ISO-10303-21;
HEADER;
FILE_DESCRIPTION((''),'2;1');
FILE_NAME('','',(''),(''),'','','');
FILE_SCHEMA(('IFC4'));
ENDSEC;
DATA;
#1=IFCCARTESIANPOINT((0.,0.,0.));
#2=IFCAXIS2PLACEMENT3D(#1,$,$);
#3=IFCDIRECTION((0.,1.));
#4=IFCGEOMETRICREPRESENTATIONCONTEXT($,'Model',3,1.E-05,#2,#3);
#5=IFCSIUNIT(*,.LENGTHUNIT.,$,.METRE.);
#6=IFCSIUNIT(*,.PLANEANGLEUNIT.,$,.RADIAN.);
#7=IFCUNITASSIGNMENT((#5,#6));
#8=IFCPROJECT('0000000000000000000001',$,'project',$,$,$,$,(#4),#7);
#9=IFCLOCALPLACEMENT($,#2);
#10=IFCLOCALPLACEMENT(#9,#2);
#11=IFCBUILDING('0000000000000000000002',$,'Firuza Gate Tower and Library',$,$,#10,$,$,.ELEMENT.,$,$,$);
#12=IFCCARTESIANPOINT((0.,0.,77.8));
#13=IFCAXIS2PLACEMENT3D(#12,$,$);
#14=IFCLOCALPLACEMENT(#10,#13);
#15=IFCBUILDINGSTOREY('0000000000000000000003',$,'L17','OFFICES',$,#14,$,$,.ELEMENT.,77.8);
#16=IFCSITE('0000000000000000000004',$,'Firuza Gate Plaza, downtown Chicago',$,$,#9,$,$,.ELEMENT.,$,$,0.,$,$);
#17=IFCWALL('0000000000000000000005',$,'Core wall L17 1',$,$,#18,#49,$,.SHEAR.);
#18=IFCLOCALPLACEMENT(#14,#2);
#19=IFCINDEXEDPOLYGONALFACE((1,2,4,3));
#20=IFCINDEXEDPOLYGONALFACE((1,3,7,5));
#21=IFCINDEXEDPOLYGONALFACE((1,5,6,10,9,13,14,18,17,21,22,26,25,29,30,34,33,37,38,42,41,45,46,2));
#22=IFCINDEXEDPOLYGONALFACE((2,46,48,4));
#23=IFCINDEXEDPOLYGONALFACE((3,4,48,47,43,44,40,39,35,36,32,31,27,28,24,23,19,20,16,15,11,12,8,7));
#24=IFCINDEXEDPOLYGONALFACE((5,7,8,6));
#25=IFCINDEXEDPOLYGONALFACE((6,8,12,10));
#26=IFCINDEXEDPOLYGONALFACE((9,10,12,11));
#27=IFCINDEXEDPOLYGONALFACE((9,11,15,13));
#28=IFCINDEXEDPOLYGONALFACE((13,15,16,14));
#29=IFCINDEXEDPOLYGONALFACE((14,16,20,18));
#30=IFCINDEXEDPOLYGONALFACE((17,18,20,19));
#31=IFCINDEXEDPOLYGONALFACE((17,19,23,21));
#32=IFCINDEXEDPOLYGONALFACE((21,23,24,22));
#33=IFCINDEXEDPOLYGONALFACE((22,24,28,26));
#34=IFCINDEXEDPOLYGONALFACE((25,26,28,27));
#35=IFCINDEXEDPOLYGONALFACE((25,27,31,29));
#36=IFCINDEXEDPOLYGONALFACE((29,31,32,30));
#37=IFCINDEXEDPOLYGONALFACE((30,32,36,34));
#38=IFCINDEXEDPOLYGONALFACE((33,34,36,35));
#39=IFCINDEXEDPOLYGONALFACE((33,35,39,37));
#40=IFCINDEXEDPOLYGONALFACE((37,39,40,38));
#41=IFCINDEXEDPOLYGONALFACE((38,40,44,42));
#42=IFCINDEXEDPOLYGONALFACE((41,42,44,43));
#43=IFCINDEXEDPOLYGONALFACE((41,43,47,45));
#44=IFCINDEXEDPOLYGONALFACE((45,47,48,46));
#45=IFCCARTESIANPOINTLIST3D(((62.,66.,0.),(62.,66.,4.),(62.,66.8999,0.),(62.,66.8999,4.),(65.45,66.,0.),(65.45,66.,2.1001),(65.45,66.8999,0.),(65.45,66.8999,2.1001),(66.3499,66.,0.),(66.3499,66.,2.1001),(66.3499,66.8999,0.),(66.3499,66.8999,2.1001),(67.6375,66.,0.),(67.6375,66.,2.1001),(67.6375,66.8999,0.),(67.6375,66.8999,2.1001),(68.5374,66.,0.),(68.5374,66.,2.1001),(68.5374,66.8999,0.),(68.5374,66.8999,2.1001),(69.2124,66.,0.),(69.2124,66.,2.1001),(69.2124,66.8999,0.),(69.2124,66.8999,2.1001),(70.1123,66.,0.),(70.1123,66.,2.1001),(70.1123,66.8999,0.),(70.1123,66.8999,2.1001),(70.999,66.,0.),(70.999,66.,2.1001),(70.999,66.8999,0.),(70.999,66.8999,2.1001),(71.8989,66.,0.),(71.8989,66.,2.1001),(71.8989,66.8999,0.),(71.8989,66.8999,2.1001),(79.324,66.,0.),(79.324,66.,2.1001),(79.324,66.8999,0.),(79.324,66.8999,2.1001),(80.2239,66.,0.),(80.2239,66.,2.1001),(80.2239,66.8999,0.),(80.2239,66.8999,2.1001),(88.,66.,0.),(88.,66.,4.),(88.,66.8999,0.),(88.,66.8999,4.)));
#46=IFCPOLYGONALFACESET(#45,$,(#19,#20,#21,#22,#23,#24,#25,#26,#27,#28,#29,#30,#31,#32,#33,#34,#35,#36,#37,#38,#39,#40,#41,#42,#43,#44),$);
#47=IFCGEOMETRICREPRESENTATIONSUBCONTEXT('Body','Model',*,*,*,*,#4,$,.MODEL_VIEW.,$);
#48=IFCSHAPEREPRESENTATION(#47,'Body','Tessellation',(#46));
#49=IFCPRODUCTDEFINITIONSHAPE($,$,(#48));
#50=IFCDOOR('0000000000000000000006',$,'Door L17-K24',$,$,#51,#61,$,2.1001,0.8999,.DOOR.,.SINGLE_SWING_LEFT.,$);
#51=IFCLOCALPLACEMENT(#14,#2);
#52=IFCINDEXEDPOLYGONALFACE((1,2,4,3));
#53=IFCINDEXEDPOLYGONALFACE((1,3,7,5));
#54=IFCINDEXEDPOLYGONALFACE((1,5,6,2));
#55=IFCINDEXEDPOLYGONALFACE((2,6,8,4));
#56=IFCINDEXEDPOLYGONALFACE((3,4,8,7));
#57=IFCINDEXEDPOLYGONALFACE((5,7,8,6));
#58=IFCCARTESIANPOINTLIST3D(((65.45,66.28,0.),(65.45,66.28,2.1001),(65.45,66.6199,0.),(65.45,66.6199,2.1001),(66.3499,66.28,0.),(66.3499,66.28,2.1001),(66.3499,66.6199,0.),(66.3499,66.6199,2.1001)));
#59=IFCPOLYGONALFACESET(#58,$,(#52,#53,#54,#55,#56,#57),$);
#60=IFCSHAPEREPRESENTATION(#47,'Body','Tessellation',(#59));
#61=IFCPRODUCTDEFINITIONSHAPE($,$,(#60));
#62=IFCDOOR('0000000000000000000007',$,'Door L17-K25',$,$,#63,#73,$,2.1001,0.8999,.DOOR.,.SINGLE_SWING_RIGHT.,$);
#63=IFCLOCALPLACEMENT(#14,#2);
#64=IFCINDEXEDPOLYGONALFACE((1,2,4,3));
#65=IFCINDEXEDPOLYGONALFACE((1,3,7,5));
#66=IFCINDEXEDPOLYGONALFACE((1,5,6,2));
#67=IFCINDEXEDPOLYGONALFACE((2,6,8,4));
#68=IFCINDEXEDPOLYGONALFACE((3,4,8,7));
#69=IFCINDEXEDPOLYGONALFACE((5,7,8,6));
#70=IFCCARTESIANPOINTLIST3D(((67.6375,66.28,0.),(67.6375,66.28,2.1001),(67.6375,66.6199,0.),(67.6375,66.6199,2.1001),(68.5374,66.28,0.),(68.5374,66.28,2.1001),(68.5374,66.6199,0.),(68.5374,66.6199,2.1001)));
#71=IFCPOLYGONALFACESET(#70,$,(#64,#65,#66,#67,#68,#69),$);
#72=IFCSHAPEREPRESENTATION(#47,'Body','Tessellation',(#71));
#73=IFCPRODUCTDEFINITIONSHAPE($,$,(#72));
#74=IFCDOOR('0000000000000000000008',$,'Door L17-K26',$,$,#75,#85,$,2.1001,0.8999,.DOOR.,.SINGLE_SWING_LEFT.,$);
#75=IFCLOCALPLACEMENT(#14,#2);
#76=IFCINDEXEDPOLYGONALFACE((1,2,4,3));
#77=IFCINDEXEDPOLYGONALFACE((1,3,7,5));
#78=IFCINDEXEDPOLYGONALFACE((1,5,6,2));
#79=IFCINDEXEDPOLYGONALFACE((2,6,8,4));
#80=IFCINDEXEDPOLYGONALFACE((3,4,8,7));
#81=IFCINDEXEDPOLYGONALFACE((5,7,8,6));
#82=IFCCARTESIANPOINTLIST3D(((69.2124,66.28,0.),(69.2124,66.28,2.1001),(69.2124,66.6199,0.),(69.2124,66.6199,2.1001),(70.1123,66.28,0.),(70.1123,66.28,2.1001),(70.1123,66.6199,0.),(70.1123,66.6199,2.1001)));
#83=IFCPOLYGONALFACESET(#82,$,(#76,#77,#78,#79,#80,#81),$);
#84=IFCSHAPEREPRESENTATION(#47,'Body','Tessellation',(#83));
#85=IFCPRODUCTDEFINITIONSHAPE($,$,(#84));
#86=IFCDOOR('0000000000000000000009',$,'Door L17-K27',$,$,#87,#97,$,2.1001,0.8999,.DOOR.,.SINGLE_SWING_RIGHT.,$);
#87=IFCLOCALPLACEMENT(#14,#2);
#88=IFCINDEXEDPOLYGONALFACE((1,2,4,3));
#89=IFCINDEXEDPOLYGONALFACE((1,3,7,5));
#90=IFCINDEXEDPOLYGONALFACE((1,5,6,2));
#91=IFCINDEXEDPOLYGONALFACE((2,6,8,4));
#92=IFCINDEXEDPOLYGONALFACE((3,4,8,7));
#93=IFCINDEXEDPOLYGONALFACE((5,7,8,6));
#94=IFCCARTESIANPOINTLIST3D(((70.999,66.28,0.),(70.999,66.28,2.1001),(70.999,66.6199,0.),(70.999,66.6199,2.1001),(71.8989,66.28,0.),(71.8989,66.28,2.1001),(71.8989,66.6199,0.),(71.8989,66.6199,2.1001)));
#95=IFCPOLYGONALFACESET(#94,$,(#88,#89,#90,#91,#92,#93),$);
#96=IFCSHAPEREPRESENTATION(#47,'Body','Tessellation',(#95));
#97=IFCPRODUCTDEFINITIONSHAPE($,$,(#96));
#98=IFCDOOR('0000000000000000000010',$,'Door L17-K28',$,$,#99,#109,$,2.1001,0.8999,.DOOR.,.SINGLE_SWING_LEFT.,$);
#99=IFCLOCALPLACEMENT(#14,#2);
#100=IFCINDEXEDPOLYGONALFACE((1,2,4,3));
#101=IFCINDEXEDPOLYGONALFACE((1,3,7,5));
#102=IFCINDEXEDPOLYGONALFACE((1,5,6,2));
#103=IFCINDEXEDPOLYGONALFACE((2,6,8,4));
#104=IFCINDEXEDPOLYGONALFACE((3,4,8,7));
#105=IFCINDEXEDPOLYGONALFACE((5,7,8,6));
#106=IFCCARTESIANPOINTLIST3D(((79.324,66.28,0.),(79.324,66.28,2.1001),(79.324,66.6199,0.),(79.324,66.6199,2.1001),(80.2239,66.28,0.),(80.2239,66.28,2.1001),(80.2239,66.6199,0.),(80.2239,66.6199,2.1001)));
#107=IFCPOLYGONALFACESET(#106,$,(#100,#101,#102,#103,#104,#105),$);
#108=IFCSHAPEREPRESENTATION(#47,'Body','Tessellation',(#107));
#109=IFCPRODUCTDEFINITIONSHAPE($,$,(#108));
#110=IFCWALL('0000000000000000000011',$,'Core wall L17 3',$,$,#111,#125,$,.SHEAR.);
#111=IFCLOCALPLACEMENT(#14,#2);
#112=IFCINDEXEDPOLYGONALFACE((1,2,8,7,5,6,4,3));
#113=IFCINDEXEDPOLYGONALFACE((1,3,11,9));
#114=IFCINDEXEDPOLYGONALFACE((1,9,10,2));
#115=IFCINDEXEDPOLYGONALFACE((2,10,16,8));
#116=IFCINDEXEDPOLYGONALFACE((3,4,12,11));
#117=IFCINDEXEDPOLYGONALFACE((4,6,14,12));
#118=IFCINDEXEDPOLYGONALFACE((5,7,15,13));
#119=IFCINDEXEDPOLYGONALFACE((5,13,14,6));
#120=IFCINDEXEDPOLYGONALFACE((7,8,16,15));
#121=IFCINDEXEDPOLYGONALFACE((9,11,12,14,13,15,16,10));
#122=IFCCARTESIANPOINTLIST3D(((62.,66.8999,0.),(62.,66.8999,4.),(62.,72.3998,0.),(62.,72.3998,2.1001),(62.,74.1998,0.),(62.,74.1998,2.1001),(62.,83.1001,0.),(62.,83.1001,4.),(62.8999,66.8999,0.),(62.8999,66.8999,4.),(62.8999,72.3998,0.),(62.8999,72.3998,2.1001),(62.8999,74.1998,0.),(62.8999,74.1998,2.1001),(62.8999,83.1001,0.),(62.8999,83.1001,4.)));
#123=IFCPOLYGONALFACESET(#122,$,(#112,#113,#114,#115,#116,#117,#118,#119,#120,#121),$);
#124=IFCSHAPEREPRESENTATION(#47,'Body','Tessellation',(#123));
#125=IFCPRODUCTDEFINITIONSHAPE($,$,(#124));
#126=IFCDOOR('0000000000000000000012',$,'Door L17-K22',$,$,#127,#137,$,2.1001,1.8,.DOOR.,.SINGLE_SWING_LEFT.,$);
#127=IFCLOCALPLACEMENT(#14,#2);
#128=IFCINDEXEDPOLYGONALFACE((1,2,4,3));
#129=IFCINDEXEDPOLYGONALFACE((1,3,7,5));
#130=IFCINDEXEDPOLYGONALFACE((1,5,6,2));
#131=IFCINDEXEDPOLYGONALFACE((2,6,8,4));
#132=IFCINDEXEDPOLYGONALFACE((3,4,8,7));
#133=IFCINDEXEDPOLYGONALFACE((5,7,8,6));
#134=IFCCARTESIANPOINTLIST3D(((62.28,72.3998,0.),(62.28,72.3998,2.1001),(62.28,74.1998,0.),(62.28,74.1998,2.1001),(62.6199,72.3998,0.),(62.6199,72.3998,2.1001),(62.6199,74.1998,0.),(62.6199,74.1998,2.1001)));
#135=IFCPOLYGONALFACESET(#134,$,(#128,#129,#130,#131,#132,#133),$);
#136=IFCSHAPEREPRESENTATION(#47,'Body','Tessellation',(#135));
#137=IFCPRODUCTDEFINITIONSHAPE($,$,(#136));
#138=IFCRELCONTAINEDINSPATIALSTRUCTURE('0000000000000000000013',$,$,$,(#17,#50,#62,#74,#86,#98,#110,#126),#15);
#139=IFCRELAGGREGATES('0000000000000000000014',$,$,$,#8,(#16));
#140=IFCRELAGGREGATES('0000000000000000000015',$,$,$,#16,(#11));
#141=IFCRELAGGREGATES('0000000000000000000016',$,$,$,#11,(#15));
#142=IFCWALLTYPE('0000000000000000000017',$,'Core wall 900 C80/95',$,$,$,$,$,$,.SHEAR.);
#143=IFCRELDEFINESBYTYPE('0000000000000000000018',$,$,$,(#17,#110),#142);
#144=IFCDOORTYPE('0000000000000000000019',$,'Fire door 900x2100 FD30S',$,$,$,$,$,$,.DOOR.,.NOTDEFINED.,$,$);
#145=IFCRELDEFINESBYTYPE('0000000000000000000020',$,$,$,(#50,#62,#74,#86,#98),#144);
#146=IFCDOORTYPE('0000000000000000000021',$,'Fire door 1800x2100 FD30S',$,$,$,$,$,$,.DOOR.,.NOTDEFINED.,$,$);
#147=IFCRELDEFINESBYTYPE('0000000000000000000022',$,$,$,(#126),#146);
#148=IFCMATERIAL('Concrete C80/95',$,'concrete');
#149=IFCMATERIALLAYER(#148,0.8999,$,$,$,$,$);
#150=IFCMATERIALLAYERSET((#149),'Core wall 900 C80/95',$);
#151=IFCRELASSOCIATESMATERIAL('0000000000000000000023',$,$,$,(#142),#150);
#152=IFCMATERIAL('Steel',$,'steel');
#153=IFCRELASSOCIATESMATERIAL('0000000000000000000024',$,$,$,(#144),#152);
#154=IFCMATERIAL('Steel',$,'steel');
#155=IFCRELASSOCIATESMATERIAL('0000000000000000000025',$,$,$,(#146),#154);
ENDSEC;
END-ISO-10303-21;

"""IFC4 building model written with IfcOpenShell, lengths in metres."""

from ifc_helpers import new_model, si_unit, direction, frame, frame_2d, origin, place, context, subcontext, project, spatial, rectangle, extrude, material, layer, layer_set, type_object, element, fill, save


model = new_model("IFC4")

# Units and contexts
model_context = context("Model", 3, precision=1e-05, world=origin(), true_north=direction((0.0, 1.0)))
body_context = subcontext(model_context, "Body", "Model", "MODEL_VIEW")
ifc_project = project(units=[si_unit("LENGTHUNIT", "METRE"), si_unit("PLANEANGLEUNIT", "RADIAN")], contexts=[model_context])

# Site, building, storey
site_placement = place(None, origin())
site = spatial("IfcSite", under=ifc_project, at=site_placement, Name="Firuza Gate Plaza, downtown Chicago", CompositionType="ELEMENT", RefElevation=0.0)
building_placement = place(site_placement, origin())
building = spatial("IfcBuilding", under=site, at=building_placement, Name="Firuza Gate Tower and Library", CompositionType="ELEMENT")
storey_placement = place(building_placement, frame((0.0, 0.0, 77.8)))
storey = spatial("IfcBuildingStorey", under=building, at=storey_placement, Name="L17", Description="OFFICES", CompositionType="ELEMENT", Elevation=77.8)

# Wall, openings, doors
ifc_material_1 = material(Name="Concrete C80/95", Category="concrete")
ifc_layer_1 = layer(ifc_material_1, 0.8999)
ifc_layer_set_1 = layer_set([ifc_layer_1], Name="Core wall 900 C80/95")
wall_type_1 = type_object("IfcWallType", Name="Core wall 900 C80/95", PredefinedType="SHEAR", material=ifc_layer_set_1)
wall_1_placement = place(storey_placement, frame((62.0, 66.45, 0.0), z_axis=(0.0, 0.0, 1.0), x_axis=(1.0, 0.0, 0.0)))
wall_1 = element("IfcWall", 1, at=wall_1_placement, inside=storey, type_object=wall_type_1, Name="Core wall L17 1", PredefinedType="SHEAR", context=body_context, shape_type="SweptSolid", body=[
    extrude(rectangle(XDim=26.0, YDim=0.8999, at=frame_2d((13.0, 0.0))), origin(), (0.0, 0.0, 1.0), 4.0),
])
opening_1_placement = place(wall_1_placement, frame((3.45, 0.0, 0.0)))
opening_1 = element("IfcOpeningElement", 2, at=opening_1_placement, cuts=wall_1, PredefinedType="OPENING", context=body_context, shape_type="SweptSolid", body=[
    extrude(rectangle(XDim=0.8999, YDim=2.1001, at=frame_2d((0.45, 1.05))), frame((0.0, 0.46, 0.0), z_axis=(0.0, -1.0, 0.0), x_axis=(1.0, 0.0, 0.0)), (0.0, 0.0, 1.0), 0.9199),
])
opening_2_placement = place(wall_1_placement, frame((5.6375, 0.0, 0.0)))
opening_2 = element("IfcOpeningElement", 3, at=opening_2_placement, cuts=wall_1, PredefinedType="OPENING", context=body_context, shape_type="SweptSolid", body=[
    extrude(rectangle(XDim=0.8999, YDim=2.1001, at=frame_2d((0.45, 1.05))), frame((0.0, 0.46, 0.0), z_axis=(0.0, -1.0, 0.0), x_axis=(1.0, 0.0, 0.0)), (0.0, 0.0, 1.0), 0.9199),
])
opening_3_placement = place(wall_1_placement, frame((7.2124, 0.0, 0.0)))
opening_3 = element("IfcOpeningElement", 4, at=opening_3_placement, cuts=wall_1, PredefinedType="OPENING", context=body_context, shape_type="SweptSolid", body=[
    extrude(rectangle(XDim=0.8999, YDim=2.1001, at=frame_2d((0.45, 1.05))), frame((0.0, 0.46, 0.0), z_axis=(0.0, -1.0, 0.0), x_axis=(1.0, 0.0, 0.0)), (0.0, 0.0, 1.0), 0.9199),
])
opening_4_placement = place(wall_1_placement, frame((8.999, 0.0, 0.0)))
opening_4 = element("IfcOpeningElement", 5, at=opening_4_placement, cuts=wall_1, PredefinedType="OPENING", context=body_context, shape_type="SweptSolid", body=[
    extrude(rectangle(XDim=0.8999, YDim=2.1001, at=frame_2d((0.45, 1.05))), frame((0.0, 0.46, 0.0), z_axis=(0.0, -1.0, 0.0), x_axis=(1.0, 0.0, 0.0)), (0.0, 0.0, 1.0), 0.9199),
])
opening_5_placement = place(wall_1_placement, frame((17.324, 0.0, 0.0)))
opening_5 = element("IfcOpeningElement", 6, at=opening_5_placement, cuts=wall_1, PredefinedType="OPENING", context=body_context, shape_type="SweptSolid", body=[
    extrude(rectangle(XDim=0.8999, YDim=2.1001, at=frame_2d((0.45, 1.05))), frame((0.0, 0.46, 0.0), z_axis=(0.0, -1.0, 0.0), x_axis=(1.0, 0.0, 0.0)), (0.0, 0.0, 1.0), 0.9199),
])
ifc_material_2 = material(Name="Steel", Category="steel")
door_type_1 = type_object("IfcDoorType", Name="Fire door 900x2100 FD30S", OperationType="NOTDEFINED", PredefinedType="DOOR", material=ifc_material_2)
door_1_placement = place(opening_1_placement, origin())
door_1 = element("IfcDoor", 7, at=door_1_placement, inside=storey, type_object=door_type_1, Name="Door L17-K24", OperationType="SINGLE_SWING_LEFT", OverallHeight=2.1001, OverallWidth=0.8999, PredefinedType="DOOR", context=body_context, shape_type="SweptSolid", body=[
    extrude(rectangle(XDim=0.8999, YDim=2.1001, at=frame_2d((0.45, 1.05))), frame((0.0, 0.1699, 0.0), z_axis=(0.0, -1.0, 0.0), x_axis=(1.0, 0.0, 0.0)), (0.0, 0.0, 1.0), 0.3398),
])
fill(opening_1, door_1)
door_2_placement = place(opening_2_placement, origin())
door_2 = element("IfcDoor", 8, at=door_2_placement, inside=storey, type_object=door_type_1, Name="Door L17-K25", OperationType="SINGLE_SWING_RIGHT", OverallHeight=2.1001, OverallWidth=0.8999, PredefinedType="DOOR", context=body_context, shape_type="SweptSolid", body=[
    extrude(rectangle(XDim=0.8999, YDim=2.1001, at=frame_2d((0.45, 1.05))), frame((0.0, 0.1699, 0.0), z_axis=(0.0, -1.0, 0.0), x_axis=(1.0, 0.0, 0.0)), (0.0, 0.0, 1.0), 0.3398),
])
fill(opening_2, door_2)
door_3_placement = place(opening_3_placement, origin())
door_3 = element("IfcDoor", 9, at=door_3_placement, inside=storey, type_object=door_type_1, Name="Door L17-K26", OperationType="SINGLE_SWING_LEFT", OverallHeight=2.1001, OverallWidth=0.8999, PredefinedType="DOOR", context=body_context, shape_type="SweptSolid", body=[
    extrude(rectangle(XDim=0.8999, YDim=2.1001, at=frame_2d((0.45, 1.05))), frame((0.0, 0.1699, 0.0), z_axis=(0.0, -1.0, 0.0), x_axis=(1.0, 0.0, 0.0)), (0.0, 0.0, 1.0), 0.3398),
])
fill(opening_3, door_3)
door_4_placement = place(opening_4_placement, origin())
door_4 = element("IfcDoor", 10, at=door_4_placement, inside=storey, type_object=door_type_1, Name="Door L17-K27", OperationType="SINGLE_SWING_RIGHT", OverallHeight=2.1001, OverallWidth=0.8999, PredefinedType="DOOR", context=body_context, shape_type="SweptSolid", body=[
    extrude(rectangle(XDim=0.8999, YDim=2.1001, at=frame_2d((0.45, 1.05))), frame((0.0, 0.1699, 0.0), z_axis=(0.0, -1.0, 0.0), x_axis=(1.0, 0.0, 0.0)), (0.0, 0.0, 1.0), 0.3398),
])
fill(opening_4, door_4)
door_5_placement = place(opening_5_placement, origin())
door_5 = element("IfcDoor", 11, at=door_5_placement, inside=storey, type_object=door_type_1, Name="Door L17-K28", OperationType="SINGLE_SWING_LEFT", OverallHeight=2.1001, OverallWidth=0.8999, PredefinedType="DOOR", context=body_context, shape_type="SweptSolid", body=[
    extrude(rectangle(XDim=0.8999, YDim=2.1001, at=frame_2d((0.45, 1.05))), frame((0.0, 0.1699, 0.0), z_axis=(0.0, -1.0, 0.0), x_axis=(1.0, 0.0, 0.0)), (0.0, 0.0, 1.0), 0.3398),
])
fill(opening_5, door_5)

# Wall, opening, door
wall_2_placement = place(storey_placement, frame((62.45, 66.8999, 0.0), z_axis=(0.0, 0.0, 1.0), x_axis=(0.0, 1.0, 0.0)))
wall_2 = element("IfcWall", 12, at=wall_2_placement, inside=storey, type_object=wall_type_1, Name="Core wall L17 3", PredefinedType="SHEAR", context=body_context, shape_type="SweptSolid", body=[
    extrude(rectangle(XDim=16.2002, YDim=0.8999, at=frame_2d((8.1001, 0.0))), origin(), (0.0, 0.0, 1.0), 4.0),
])
opening_6_placement = place(wall_2_placement, frame((5.5, 0.0, 0.0)))
opening_6 = element("IfcOpeningElement", 13, at=opening_6_placement, cuts=wall_2, PredefinedType="OPENING", context=body_context, shape_type="SweptSolid", body=[
    extrude(rectangle(XDim=1.8, YDim=2.1001, at=frame_2d((0.8999, 1.05))), frame((0.0, 0.46, 0.0), z_axis=(0.0, -1.0, 0.0), x_axis=(1.0, 0.0, 0.0)), (0.0, 0.0, 1.0), 0.9199),
])
ifc_material_3 = material(Name="Steel", Category="steel")
door_type_2 = type_object("IfcDoorType", Name="Fire door 1800x2100 FD30S", OperationType="NOTDEFINED", PredefinedType="DOOR", material=ifc_material_3)
door_6_placement = place(opening_6_placement, origin())
door_6 = element("IfcDoor", 14, at=door_6_placement, inside=storey, type_object=door_type_2, Name="Door L17-K22", OperationType="SINGLE_SWING_LEFT", OverallHeight=2.1001, OverallWidth=1.8, PredefinedType="DOOR", context=body_context, shape_type="SweptSolid", body=[
    extrude(rectangle(XDim=1.8, YDim=2.1001, at=frame_2d((0.8999, 1.05))), frame((0.0, 0.1699, 0.0), z_axis=(0.0, -1.0, 0.0), x_axis=(1.0, 0.0, 0.0)), (0.0, 0.0, 1.0), 0.3398),
])
fill(opening_6, door_6)

save(model, "model.ifc")
